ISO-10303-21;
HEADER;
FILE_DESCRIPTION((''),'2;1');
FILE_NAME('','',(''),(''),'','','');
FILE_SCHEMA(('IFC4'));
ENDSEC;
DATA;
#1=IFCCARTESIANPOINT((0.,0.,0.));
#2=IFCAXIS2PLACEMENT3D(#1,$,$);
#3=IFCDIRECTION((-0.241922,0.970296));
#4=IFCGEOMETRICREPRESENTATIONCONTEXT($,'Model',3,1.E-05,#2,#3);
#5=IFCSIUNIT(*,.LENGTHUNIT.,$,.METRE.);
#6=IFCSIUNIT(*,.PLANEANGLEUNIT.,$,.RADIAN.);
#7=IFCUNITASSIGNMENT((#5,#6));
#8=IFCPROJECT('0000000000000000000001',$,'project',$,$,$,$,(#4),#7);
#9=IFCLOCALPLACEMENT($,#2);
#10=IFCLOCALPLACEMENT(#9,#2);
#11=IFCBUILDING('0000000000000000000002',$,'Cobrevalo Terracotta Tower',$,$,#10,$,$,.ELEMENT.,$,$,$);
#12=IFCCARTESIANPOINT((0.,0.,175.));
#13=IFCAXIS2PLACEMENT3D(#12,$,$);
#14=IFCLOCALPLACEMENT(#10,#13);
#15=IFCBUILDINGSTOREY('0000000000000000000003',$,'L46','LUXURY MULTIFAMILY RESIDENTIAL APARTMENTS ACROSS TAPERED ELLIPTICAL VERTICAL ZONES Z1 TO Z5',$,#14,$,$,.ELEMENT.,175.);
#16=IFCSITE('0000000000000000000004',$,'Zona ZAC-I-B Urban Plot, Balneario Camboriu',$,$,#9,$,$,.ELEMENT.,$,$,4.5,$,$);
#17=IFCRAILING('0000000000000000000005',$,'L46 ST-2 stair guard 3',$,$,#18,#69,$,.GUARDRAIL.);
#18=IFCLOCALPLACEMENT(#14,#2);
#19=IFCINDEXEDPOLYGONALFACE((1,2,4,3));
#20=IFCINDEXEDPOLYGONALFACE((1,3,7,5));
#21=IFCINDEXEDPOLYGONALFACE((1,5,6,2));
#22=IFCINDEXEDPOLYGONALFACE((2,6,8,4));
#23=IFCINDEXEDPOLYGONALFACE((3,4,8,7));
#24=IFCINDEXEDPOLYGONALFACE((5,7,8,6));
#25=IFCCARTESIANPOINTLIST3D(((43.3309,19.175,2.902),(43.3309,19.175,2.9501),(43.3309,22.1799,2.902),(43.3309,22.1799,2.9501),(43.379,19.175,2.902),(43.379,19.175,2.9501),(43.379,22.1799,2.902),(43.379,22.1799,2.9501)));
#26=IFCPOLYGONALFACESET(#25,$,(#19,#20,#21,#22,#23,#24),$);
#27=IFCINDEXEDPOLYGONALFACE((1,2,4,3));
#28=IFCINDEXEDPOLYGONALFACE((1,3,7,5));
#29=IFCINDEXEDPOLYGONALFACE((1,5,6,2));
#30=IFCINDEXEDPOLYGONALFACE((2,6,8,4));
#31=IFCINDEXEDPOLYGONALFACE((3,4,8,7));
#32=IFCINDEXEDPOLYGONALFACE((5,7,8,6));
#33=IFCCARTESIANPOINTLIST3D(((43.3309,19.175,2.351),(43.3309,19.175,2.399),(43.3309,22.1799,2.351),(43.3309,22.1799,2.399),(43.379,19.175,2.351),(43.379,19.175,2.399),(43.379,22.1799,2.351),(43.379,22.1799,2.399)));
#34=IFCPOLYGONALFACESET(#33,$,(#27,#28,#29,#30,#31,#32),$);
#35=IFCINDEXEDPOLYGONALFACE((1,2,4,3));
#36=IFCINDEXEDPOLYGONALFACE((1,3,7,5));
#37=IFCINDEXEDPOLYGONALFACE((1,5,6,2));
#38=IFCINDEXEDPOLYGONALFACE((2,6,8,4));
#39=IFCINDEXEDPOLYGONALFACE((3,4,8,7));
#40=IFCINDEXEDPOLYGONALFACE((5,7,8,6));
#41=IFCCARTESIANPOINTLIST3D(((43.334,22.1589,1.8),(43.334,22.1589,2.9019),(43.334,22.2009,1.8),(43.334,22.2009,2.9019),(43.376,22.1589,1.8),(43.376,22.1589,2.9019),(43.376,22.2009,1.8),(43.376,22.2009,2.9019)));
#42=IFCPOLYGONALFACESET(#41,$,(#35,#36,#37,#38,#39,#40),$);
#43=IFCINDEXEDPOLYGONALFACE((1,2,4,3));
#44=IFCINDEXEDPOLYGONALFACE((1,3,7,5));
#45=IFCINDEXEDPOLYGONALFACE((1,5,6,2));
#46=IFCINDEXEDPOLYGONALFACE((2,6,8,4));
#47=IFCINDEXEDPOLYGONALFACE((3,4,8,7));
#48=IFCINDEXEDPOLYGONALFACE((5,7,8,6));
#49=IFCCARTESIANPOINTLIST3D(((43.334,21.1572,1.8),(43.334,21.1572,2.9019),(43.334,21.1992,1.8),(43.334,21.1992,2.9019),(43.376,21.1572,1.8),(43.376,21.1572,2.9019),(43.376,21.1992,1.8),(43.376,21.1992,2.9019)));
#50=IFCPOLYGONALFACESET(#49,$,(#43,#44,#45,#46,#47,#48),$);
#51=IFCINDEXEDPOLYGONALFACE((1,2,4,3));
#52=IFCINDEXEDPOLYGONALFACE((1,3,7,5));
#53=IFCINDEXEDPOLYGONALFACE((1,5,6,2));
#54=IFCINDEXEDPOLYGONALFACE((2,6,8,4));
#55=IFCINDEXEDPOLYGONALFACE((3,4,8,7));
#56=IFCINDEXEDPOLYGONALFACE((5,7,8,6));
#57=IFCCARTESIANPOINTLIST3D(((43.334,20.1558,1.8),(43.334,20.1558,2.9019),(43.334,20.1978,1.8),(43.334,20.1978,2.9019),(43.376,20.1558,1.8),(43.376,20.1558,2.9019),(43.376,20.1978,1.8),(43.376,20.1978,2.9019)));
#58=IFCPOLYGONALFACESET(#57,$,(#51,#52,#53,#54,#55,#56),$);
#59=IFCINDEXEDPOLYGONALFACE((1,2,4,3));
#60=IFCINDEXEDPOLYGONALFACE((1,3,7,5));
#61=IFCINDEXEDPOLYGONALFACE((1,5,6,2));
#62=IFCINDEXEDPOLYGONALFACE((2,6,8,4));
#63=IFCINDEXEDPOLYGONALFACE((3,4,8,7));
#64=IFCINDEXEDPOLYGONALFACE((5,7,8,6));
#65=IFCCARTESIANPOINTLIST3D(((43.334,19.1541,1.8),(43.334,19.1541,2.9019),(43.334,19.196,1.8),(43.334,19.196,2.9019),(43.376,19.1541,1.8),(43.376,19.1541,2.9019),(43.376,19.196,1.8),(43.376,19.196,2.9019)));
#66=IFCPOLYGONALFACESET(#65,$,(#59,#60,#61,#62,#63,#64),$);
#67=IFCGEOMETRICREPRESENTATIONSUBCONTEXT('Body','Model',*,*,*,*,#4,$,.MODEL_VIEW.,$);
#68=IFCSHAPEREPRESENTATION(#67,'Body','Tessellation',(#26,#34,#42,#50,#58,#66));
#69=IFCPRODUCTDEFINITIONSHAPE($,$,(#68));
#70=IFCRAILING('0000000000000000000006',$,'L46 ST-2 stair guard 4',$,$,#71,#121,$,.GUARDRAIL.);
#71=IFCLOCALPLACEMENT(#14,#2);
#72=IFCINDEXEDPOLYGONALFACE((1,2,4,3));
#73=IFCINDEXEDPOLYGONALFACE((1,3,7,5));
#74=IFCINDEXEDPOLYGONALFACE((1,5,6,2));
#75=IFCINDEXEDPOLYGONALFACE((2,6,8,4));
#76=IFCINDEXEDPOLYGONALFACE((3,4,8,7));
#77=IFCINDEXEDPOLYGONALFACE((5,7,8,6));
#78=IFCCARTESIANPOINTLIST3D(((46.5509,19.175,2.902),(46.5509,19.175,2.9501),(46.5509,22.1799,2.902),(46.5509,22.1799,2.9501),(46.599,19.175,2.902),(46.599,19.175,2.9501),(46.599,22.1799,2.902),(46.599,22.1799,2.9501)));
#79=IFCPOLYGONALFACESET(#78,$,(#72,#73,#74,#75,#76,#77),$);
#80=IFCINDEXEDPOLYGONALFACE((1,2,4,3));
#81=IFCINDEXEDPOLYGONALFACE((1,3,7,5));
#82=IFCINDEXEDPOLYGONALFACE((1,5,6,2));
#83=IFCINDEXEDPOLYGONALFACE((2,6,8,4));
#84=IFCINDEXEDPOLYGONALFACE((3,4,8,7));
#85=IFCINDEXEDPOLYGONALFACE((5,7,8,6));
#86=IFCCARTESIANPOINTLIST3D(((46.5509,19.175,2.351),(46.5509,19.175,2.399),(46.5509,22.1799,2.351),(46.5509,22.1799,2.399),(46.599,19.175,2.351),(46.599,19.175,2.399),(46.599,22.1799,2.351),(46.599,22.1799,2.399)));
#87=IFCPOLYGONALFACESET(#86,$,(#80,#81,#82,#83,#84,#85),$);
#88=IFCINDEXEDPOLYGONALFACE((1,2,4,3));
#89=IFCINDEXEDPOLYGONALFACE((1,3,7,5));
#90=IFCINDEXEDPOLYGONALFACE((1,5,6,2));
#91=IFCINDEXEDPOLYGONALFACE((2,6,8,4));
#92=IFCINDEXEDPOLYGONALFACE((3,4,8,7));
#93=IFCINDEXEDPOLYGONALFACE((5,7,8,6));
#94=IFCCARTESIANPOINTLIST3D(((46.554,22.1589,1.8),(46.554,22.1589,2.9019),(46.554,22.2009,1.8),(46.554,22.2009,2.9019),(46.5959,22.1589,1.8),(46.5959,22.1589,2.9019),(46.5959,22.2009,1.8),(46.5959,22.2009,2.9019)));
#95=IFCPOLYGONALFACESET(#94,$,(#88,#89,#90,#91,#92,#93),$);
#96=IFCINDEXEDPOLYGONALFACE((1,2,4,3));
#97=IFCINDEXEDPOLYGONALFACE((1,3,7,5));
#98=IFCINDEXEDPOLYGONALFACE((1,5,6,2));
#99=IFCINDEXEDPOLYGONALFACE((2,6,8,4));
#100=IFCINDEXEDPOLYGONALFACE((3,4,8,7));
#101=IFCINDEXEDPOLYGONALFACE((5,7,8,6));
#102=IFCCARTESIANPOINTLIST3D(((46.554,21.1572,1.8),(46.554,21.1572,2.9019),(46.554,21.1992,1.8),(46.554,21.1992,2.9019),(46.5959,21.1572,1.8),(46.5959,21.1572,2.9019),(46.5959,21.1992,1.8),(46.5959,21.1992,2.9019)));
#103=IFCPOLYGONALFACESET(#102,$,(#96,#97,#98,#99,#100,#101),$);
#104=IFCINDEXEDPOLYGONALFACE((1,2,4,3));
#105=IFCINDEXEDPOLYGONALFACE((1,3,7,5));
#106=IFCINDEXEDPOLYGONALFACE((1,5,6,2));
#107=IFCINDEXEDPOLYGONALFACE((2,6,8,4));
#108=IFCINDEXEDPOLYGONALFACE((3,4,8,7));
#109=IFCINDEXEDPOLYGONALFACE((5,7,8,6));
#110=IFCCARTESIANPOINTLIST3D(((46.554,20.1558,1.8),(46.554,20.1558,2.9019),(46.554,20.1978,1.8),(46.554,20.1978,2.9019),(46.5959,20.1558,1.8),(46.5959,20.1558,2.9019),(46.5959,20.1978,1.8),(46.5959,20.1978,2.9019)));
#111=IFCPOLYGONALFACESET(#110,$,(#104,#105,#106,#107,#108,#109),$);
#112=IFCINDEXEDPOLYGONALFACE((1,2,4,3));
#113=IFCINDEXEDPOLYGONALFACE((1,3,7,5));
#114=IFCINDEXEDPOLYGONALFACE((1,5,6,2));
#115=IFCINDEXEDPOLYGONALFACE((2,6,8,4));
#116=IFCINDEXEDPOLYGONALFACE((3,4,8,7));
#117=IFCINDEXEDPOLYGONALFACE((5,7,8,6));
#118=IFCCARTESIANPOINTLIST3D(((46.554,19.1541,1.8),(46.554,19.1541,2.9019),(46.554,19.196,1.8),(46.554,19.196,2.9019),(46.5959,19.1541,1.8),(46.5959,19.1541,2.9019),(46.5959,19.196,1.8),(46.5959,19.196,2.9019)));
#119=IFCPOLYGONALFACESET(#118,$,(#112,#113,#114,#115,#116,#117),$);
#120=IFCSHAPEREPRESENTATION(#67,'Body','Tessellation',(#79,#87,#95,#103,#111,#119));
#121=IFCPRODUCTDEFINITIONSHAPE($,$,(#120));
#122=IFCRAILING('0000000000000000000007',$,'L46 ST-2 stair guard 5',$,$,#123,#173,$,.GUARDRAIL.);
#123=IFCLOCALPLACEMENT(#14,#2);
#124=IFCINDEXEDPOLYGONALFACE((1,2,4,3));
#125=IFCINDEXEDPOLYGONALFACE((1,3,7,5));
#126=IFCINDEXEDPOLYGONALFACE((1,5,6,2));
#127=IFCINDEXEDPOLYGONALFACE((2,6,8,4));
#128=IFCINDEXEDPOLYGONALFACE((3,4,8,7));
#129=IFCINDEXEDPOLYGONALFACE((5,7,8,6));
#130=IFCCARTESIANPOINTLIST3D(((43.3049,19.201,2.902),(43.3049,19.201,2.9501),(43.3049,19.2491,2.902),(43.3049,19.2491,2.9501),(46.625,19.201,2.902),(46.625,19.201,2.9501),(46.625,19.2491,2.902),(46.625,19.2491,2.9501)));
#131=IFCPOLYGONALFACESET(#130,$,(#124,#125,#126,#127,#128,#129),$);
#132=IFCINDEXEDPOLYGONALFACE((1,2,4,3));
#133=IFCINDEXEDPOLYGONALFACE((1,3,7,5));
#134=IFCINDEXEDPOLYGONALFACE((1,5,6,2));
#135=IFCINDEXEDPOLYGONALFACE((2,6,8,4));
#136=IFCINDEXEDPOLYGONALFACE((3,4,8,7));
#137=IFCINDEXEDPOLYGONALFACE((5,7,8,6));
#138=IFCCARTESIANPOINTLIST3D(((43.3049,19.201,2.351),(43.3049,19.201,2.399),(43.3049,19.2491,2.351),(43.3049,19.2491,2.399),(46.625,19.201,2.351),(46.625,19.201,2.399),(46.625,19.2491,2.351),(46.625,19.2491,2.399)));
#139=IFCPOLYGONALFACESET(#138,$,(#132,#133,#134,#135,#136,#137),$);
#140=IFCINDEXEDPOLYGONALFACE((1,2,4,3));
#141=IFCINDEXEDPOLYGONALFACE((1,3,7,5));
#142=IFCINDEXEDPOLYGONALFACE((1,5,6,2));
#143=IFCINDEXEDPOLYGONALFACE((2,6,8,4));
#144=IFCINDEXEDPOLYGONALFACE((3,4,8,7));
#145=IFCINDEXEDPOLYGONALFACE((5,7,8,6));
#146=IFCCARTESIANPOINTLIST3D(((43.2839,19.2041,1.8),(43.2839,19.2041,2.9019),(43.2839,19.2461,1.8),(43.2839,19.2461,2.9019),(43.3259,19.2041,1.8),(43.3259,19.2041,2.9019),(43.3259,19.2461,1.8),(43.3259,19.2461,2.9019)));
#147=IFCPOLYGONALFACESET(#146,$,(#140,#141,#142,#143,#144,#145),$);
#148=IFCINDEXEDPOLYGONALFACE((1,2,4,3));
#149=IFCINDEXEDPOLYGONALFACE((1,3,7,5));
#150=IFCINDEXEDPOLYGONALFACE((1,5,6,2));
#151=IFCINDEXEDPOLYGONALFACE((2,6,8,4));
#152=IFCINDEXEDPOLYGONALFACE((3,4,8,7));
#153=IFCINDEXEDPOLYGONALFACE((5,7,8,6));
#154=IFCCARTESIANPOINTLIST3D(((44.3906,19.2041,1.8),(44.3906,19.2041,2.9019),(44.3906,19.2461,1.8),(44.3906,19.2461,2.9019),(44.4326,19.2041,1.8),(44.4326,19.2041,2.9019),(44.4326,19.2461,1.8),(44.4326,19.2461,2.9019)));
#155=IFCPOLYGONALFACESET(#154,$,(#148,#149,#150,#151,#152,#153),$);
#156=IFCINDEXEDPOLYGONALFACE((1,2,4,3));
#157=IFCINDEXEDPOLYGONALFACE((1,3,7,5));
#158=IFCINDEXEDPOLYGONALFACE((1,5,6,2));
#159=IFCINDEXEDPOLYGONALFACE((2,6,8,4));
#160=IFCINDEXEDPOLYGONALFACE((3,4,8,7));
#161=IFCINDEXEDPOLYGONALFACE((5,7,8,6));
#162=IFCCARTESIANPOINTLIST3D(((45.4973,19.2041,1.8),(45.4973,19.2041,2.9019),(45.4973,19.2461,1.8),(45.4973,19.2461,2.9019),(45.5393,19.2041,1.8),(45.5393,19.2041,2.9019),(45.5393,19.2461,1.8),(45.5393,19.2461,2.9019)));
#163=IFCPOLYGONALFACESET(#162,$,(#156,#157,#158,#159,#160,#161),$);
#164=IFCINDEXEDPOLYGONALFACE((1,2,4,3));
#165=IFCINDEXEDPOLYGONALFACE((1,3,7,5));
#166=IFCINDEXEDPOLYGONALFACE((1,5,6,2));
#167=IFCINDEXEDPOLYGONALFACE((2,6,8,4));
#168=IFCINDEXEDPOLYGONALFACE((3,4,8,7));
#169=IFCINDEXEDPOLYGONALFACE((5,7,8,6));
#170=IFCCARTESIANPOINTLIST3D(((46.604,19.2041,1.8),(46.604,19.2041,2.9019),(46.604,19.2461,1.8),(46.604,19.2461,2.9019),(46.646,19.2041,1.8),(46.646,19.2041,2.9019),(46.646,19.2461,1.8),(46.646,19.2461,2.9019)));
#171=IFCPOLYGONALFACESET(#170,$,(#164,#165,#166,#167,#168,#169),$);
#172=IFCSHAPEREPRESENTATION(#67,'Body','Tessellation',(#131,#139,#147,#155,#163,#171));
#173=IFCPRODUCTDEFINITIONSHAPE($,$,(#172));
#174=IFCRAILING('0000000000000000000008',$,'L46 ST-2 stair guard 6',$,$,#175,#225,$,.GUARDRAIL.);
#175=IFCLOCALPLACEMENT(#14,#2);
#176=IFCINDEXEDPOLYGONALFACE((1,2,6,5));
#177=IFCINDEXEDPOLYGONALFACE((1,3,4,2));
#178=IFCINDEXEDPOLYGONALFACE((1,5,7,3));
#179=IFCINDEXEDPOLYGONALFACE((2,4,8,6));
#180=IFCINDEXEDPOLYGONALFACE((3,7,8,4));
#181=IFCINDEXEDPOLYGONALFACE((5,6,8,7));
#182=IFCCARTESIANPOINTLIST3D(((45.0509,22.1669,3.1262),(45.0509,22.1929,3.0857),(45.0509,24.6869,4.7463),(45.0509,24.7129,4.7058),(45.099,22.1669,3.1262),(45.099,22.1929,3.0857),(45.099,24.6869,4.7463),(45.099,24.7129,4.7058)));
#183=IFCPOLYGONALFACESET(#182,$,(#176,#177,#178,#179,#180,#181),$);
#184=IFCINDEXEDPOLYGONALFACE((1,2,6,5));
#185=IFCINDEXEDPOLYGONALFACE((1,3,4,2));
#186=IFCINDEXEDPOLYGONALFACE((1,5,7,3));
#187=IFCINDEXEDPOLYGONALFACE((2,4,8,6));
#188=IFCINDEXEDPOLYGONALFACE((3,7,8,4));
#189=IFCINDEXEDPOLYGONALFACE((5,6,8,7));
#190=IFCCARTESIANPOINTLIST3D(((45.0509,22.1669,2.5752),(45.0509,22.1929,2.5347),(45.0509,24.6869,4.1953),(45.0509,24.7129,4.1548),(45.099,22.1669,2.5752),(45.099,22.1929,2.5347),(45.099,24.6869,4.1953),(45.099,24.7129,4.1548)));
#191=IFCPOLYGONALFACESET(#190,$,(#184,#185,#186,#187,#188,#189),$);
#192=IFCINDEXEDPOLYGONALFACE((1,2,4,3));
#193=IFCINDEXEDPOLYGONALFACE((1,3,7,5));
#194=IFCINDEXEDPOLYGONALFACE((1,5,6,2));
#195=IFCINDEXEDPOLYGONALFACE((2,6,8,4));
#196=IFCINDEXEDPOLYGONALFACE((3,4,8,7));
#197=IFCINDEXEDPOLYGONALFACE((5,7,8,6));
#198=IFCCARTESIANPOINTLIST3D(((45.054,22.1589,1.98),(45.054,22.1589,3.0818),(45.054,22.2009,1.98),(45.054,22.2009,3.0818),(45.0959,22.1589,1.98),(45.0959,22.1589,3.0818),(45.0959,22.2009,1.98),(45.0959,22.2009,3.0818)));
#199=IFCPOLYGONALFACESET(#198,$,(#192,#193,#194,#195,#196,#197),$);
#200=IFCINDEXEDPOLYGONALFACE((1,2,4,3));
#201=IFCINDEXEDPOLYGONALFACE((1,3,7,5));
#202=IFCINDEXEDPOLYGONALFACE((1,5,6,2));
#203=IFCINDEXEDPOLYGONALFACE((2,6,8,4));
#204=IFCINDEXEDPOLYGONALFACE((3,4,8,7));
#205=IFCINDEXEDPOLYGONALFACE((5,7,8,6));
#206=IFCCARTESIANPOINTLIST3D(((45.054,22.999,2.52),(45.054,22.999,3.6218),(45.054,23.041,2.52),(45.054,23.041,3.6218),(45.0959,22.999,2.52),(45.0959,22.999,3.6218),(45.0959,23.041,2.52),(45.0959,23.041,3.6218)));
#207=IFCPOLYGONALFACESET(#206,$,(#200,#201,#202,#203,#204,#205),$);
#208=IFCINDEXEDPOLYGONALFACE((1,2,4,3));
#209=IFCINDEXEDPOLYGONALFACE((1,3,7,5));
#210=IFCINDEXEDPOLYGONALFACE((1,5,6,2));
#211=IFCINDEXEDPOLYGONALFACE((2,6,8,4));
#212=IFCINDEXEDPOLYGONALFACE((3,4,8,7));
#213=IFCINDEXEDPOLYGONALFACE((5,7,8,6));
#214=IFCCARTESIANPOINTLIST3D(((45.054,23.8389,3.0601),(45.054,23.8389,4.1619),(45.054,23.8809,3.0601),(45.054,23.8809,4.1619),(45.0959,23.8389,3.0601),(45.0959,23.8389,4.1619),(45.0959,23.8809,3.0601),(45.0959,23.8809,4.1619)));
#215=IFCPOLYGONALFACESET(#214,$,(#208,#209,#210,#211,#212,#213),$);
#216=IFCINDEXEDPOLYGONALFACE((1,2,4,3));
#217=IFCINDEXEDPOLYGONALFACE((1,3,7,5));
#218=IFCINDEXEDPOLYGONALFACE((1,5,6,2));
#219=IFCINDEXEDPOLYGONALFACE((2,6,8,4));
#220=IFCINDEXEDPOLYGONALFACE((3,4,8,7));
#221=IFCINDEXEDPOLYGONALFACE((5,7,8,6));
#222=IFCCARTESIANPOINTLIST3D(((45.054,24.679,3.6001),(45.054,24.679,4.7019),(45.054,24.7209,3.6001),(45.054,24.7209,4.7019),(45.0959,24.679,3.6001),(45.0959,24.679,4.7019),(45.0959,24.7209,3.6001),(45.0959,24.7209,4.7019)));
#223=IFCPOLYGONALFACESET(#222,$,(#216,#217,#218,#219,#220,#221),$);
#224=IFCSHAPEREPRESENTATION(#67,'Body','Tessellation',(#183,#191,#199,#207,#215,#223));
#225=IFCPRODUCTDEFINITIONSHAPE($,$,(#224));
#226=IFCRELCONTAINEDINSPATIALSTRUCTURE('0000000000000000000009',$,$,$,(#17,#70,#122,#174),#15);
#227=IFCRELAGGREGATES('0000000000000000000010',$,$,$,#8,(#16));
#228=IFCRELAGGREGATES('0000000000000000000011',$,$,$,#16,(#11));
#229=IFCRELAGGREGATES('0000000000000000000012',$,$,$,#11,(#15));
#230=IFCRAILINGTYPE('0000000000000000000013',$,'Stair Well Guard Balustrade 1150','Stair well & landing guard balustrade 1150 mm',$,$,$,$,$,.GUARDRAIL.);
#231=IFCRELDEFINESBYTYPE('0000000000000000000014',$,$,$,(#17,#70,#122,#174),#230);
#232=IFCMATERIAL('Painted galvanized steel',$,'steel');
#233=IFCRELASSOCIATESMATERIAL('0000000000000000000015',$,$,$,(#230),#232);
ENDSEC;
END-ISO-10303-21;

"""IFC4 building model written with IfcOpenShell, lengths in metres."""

from ifc_helpers import new_model, si_unit, direction, frame, origin, origin_2d, place, context, subcontext, project, spatial, rectangle, extrude, material, type_object, element, save


model = new_model("IFC4")

# Units and contexts
model_context = context("Model", 3, precision=1e-05, world=origin(), true_north=direction((-0.241922, 0.970296)))
body_context = subcontext(model_context, "Body", "Model", "MODEL_VIEW")
ifc_project = project(units=[si_unit("LENGTHUNIT", "METRE"), si_unit("PLANEANGLEUNIT", "RADIAN")], contexts=[model_context])

# Site, building, storey
site_placement = place(None, origin())
site = spatial("IfcSite", under=ifc_project, at=site_placement, Name="Zona ZAC-I-B Urban Plot, Balneario Camboriu", CompositionType="ELEMENT", RefElevation=4.5)
building_placement = place(site_placement, origin())
building = spatial("IfcBuilding", under=site, at=building_placement, Name="Cobrevalo Terracotta Tower", CompositionType="ELEMENT")
storey_placement = place(building_placement, frame((0.0, 0.0, 175.0)))
storey = spatial("IfcBuildingStorey", under=building, at=storey_placement, Name="L46", Description="LUXURY MULTIFAMILY RESIDENTIAL APARTMENTS ACROSS TAPERED ELLIPTICAL VERTICAL ZONES Z1 TO Z5", CompositionType="ELEMENT", Elevation=175.0)

# Railings
ifc_material_1 = material(Name="Painted galvanized steel", Category="steel")
railing_type_1 = type_object("IfcRailingType", Name="Stair Well Guard Balustrade 1150", Description="Stair well & landing guard balustrade 1150 mm", PredefinedType="GUARDRAIL", material=ifc_material_1)
for number, where, name in (
    (1, (43.355, 22.1799, 1.8), "L46 ST-2 stair guard 3"),
    (2, (46.575, 22.1799, 1.8), "L46 ST-2 stair guard 4"),
):
    element("IfcRailing", number, at=place(storey_placement, frame(where)), inside=storey, type_object=railing_type_1, Name=name, PredefinedType="GUARDRAIL", context=body_context, shape_type="SweptSolid", body=[
        extrude(rectangle(XDim=0.0481, YDim=0.0481, at=origin_2d()), frame((0.0, 0.0, 1.126), z_axis=(0.0, -1.0, 0.0), x_axis=(1.0, 0.0, 0.0)), (0.0, 0.0, 1.0), 3.0049),
        extrude(rectangle(XDim=0.0481, YDim=0.0481, at=origin_2d()), frame((0.0, 0.0, 0.575), z_axis=(0.0, -1.0, 0.0), x_axis=(1.0, 0.0, 0.0)), (0.0, 0.0, 1.0), 3.0049),
        extrude(rectangle(XDim=0.042, YDim=0.042, at=origin_2d()), origin(), (0.0, 0.0, 1.0), 1.1018),
        extrude(rectangle(XDim=0.042, YDim=0.042, at=origin_2d()), frame((0.0, -1.0017, 0.0)), (0.0, 0.0, 1.0), 1.1018),
        extrude(rectangle(XDim=0.042, YDim=0.042, at=origin_2d()), frame((0.0, -2.0032, 0.0)), (0.0, 0.0, 1.0), 1.1018),
        extrude(rectangle(XDim=0.042, YDim=0.042, at=origin_2d()), frame((0.0, -3.0049, 0.0)), (0.0, 0.0, 1.0), 1.1018),
    ])
railing_1_placement = place(storey_placement, frame((43.3049, 19.2251, 1.8)))
element("IfcRailing", 3, at=railing_1_placement, inside=storey, type_object=railing_type_1, Name="L46 ST-2 stair guard 5", PredefinedType="GUARDRAIL", context=body_context, shape_type="SweptSolid", body=[
    extrude(rectangle(XDim=0.0481, YDim=0.0481, at=origin_2d()), frame((0.0, 0.0, 1.126), z_axis=(1.0, 0.0, 0.0), x_axis=(0.0, 1.0, 0.0)), (0.0, 0.0, 1.0), 3.3201),
    extrude(rectangle(XDim=0.0481, YDim=0.0481, at=origin_2d()), frame((0.0, 0.0, 0.575), z_axis=(1.0, 0.0, 0.0), x_axis=(0.0, 1.0, 0.0)), (0.0, 0.0, 1.0), 3.3201),
    extrude(rectangle(XDim=0.042, YDim=0.042, at=origin_2d()), origin(), (0.0, 0.0, 1.0), 1.1018),
    extrude(rectangle(XDim=0.042, YDim=0.042, at=origin_2d()), frame((1.1067, 0.0, 0.0)), (0.0, 0.0, 1.0), 1.1018),
    extrude(rectangle(XDim=0.042, YDim=0.042, at=origin_2d()), frame((2.2134, 0.0, 0.0)), (0.0, 0.0, 1.0), 1.1018),
    extrude(rectangle(XDim=0.042, YDim=0.042, at=origin_2d()), frame((3.3201, 0.0, 0.0)), (0.0, 0.0, 1.0), 1.1018),
])
railing_2_placement = place(storey_placement, frame((45.075, 22.1799, 1.98)))
element("IfcRailing", 4, at=railing_2_placement, inside=storey, type_object=railing_type_1, Name="L46 ST-2 stair guard 6", PredefinedType="GUARDRAIL", context=body_context, shape_type="SweptSolid", body=[
    extrude(rectangle(XDim=0.0481, YDim=0.0481, at=origin_2d()), frame((0.0, 0.0, 1.126), z_axis=(0.0, 0.841163, 0.540782), x_axis=(-1.0, 0.0, 0.0)), (0.0, 0.0, 1.0), 2.9958),
    extrude(rectangle(XDim=0.0481, YDim=0.0481, at=origin_2d()), frame((0.0, 0.0, 0.575), z_axis=(0.0, 0.841163, 0.540782), x_axis=(-1.0, 0.0, 0.0)), (0.0, 0.0, 1.0), 2.9958),
    extrude(rectangle(XDim=0.042, YDim=0.042, at=origin_2d()), origin(), (0.0, 0.0, 1.0), 1.1018),
    extrude(rectangle(XDim=0.042, YDim=0.042, at=origin_2d()), frame((0.0, 0.8401, 0.54)), (0.0, 0.0, 1.0), 1.1018),
    extrude(rectangle(XDim=0.042, YDim=0.042, at=origin_2d()), frame((0.0, 1.6799, 1.0801)), (0.0, 0.0, 1.0), 1.1018),
    extrude(rectangle(XDim=0.042, YDim=0.042, at=origin_2d()), frame((0.0, 2.52, 1.6201)), (0.0, 0.0, 1.0), 1.1018),
])

save(model, "model.ifc")
